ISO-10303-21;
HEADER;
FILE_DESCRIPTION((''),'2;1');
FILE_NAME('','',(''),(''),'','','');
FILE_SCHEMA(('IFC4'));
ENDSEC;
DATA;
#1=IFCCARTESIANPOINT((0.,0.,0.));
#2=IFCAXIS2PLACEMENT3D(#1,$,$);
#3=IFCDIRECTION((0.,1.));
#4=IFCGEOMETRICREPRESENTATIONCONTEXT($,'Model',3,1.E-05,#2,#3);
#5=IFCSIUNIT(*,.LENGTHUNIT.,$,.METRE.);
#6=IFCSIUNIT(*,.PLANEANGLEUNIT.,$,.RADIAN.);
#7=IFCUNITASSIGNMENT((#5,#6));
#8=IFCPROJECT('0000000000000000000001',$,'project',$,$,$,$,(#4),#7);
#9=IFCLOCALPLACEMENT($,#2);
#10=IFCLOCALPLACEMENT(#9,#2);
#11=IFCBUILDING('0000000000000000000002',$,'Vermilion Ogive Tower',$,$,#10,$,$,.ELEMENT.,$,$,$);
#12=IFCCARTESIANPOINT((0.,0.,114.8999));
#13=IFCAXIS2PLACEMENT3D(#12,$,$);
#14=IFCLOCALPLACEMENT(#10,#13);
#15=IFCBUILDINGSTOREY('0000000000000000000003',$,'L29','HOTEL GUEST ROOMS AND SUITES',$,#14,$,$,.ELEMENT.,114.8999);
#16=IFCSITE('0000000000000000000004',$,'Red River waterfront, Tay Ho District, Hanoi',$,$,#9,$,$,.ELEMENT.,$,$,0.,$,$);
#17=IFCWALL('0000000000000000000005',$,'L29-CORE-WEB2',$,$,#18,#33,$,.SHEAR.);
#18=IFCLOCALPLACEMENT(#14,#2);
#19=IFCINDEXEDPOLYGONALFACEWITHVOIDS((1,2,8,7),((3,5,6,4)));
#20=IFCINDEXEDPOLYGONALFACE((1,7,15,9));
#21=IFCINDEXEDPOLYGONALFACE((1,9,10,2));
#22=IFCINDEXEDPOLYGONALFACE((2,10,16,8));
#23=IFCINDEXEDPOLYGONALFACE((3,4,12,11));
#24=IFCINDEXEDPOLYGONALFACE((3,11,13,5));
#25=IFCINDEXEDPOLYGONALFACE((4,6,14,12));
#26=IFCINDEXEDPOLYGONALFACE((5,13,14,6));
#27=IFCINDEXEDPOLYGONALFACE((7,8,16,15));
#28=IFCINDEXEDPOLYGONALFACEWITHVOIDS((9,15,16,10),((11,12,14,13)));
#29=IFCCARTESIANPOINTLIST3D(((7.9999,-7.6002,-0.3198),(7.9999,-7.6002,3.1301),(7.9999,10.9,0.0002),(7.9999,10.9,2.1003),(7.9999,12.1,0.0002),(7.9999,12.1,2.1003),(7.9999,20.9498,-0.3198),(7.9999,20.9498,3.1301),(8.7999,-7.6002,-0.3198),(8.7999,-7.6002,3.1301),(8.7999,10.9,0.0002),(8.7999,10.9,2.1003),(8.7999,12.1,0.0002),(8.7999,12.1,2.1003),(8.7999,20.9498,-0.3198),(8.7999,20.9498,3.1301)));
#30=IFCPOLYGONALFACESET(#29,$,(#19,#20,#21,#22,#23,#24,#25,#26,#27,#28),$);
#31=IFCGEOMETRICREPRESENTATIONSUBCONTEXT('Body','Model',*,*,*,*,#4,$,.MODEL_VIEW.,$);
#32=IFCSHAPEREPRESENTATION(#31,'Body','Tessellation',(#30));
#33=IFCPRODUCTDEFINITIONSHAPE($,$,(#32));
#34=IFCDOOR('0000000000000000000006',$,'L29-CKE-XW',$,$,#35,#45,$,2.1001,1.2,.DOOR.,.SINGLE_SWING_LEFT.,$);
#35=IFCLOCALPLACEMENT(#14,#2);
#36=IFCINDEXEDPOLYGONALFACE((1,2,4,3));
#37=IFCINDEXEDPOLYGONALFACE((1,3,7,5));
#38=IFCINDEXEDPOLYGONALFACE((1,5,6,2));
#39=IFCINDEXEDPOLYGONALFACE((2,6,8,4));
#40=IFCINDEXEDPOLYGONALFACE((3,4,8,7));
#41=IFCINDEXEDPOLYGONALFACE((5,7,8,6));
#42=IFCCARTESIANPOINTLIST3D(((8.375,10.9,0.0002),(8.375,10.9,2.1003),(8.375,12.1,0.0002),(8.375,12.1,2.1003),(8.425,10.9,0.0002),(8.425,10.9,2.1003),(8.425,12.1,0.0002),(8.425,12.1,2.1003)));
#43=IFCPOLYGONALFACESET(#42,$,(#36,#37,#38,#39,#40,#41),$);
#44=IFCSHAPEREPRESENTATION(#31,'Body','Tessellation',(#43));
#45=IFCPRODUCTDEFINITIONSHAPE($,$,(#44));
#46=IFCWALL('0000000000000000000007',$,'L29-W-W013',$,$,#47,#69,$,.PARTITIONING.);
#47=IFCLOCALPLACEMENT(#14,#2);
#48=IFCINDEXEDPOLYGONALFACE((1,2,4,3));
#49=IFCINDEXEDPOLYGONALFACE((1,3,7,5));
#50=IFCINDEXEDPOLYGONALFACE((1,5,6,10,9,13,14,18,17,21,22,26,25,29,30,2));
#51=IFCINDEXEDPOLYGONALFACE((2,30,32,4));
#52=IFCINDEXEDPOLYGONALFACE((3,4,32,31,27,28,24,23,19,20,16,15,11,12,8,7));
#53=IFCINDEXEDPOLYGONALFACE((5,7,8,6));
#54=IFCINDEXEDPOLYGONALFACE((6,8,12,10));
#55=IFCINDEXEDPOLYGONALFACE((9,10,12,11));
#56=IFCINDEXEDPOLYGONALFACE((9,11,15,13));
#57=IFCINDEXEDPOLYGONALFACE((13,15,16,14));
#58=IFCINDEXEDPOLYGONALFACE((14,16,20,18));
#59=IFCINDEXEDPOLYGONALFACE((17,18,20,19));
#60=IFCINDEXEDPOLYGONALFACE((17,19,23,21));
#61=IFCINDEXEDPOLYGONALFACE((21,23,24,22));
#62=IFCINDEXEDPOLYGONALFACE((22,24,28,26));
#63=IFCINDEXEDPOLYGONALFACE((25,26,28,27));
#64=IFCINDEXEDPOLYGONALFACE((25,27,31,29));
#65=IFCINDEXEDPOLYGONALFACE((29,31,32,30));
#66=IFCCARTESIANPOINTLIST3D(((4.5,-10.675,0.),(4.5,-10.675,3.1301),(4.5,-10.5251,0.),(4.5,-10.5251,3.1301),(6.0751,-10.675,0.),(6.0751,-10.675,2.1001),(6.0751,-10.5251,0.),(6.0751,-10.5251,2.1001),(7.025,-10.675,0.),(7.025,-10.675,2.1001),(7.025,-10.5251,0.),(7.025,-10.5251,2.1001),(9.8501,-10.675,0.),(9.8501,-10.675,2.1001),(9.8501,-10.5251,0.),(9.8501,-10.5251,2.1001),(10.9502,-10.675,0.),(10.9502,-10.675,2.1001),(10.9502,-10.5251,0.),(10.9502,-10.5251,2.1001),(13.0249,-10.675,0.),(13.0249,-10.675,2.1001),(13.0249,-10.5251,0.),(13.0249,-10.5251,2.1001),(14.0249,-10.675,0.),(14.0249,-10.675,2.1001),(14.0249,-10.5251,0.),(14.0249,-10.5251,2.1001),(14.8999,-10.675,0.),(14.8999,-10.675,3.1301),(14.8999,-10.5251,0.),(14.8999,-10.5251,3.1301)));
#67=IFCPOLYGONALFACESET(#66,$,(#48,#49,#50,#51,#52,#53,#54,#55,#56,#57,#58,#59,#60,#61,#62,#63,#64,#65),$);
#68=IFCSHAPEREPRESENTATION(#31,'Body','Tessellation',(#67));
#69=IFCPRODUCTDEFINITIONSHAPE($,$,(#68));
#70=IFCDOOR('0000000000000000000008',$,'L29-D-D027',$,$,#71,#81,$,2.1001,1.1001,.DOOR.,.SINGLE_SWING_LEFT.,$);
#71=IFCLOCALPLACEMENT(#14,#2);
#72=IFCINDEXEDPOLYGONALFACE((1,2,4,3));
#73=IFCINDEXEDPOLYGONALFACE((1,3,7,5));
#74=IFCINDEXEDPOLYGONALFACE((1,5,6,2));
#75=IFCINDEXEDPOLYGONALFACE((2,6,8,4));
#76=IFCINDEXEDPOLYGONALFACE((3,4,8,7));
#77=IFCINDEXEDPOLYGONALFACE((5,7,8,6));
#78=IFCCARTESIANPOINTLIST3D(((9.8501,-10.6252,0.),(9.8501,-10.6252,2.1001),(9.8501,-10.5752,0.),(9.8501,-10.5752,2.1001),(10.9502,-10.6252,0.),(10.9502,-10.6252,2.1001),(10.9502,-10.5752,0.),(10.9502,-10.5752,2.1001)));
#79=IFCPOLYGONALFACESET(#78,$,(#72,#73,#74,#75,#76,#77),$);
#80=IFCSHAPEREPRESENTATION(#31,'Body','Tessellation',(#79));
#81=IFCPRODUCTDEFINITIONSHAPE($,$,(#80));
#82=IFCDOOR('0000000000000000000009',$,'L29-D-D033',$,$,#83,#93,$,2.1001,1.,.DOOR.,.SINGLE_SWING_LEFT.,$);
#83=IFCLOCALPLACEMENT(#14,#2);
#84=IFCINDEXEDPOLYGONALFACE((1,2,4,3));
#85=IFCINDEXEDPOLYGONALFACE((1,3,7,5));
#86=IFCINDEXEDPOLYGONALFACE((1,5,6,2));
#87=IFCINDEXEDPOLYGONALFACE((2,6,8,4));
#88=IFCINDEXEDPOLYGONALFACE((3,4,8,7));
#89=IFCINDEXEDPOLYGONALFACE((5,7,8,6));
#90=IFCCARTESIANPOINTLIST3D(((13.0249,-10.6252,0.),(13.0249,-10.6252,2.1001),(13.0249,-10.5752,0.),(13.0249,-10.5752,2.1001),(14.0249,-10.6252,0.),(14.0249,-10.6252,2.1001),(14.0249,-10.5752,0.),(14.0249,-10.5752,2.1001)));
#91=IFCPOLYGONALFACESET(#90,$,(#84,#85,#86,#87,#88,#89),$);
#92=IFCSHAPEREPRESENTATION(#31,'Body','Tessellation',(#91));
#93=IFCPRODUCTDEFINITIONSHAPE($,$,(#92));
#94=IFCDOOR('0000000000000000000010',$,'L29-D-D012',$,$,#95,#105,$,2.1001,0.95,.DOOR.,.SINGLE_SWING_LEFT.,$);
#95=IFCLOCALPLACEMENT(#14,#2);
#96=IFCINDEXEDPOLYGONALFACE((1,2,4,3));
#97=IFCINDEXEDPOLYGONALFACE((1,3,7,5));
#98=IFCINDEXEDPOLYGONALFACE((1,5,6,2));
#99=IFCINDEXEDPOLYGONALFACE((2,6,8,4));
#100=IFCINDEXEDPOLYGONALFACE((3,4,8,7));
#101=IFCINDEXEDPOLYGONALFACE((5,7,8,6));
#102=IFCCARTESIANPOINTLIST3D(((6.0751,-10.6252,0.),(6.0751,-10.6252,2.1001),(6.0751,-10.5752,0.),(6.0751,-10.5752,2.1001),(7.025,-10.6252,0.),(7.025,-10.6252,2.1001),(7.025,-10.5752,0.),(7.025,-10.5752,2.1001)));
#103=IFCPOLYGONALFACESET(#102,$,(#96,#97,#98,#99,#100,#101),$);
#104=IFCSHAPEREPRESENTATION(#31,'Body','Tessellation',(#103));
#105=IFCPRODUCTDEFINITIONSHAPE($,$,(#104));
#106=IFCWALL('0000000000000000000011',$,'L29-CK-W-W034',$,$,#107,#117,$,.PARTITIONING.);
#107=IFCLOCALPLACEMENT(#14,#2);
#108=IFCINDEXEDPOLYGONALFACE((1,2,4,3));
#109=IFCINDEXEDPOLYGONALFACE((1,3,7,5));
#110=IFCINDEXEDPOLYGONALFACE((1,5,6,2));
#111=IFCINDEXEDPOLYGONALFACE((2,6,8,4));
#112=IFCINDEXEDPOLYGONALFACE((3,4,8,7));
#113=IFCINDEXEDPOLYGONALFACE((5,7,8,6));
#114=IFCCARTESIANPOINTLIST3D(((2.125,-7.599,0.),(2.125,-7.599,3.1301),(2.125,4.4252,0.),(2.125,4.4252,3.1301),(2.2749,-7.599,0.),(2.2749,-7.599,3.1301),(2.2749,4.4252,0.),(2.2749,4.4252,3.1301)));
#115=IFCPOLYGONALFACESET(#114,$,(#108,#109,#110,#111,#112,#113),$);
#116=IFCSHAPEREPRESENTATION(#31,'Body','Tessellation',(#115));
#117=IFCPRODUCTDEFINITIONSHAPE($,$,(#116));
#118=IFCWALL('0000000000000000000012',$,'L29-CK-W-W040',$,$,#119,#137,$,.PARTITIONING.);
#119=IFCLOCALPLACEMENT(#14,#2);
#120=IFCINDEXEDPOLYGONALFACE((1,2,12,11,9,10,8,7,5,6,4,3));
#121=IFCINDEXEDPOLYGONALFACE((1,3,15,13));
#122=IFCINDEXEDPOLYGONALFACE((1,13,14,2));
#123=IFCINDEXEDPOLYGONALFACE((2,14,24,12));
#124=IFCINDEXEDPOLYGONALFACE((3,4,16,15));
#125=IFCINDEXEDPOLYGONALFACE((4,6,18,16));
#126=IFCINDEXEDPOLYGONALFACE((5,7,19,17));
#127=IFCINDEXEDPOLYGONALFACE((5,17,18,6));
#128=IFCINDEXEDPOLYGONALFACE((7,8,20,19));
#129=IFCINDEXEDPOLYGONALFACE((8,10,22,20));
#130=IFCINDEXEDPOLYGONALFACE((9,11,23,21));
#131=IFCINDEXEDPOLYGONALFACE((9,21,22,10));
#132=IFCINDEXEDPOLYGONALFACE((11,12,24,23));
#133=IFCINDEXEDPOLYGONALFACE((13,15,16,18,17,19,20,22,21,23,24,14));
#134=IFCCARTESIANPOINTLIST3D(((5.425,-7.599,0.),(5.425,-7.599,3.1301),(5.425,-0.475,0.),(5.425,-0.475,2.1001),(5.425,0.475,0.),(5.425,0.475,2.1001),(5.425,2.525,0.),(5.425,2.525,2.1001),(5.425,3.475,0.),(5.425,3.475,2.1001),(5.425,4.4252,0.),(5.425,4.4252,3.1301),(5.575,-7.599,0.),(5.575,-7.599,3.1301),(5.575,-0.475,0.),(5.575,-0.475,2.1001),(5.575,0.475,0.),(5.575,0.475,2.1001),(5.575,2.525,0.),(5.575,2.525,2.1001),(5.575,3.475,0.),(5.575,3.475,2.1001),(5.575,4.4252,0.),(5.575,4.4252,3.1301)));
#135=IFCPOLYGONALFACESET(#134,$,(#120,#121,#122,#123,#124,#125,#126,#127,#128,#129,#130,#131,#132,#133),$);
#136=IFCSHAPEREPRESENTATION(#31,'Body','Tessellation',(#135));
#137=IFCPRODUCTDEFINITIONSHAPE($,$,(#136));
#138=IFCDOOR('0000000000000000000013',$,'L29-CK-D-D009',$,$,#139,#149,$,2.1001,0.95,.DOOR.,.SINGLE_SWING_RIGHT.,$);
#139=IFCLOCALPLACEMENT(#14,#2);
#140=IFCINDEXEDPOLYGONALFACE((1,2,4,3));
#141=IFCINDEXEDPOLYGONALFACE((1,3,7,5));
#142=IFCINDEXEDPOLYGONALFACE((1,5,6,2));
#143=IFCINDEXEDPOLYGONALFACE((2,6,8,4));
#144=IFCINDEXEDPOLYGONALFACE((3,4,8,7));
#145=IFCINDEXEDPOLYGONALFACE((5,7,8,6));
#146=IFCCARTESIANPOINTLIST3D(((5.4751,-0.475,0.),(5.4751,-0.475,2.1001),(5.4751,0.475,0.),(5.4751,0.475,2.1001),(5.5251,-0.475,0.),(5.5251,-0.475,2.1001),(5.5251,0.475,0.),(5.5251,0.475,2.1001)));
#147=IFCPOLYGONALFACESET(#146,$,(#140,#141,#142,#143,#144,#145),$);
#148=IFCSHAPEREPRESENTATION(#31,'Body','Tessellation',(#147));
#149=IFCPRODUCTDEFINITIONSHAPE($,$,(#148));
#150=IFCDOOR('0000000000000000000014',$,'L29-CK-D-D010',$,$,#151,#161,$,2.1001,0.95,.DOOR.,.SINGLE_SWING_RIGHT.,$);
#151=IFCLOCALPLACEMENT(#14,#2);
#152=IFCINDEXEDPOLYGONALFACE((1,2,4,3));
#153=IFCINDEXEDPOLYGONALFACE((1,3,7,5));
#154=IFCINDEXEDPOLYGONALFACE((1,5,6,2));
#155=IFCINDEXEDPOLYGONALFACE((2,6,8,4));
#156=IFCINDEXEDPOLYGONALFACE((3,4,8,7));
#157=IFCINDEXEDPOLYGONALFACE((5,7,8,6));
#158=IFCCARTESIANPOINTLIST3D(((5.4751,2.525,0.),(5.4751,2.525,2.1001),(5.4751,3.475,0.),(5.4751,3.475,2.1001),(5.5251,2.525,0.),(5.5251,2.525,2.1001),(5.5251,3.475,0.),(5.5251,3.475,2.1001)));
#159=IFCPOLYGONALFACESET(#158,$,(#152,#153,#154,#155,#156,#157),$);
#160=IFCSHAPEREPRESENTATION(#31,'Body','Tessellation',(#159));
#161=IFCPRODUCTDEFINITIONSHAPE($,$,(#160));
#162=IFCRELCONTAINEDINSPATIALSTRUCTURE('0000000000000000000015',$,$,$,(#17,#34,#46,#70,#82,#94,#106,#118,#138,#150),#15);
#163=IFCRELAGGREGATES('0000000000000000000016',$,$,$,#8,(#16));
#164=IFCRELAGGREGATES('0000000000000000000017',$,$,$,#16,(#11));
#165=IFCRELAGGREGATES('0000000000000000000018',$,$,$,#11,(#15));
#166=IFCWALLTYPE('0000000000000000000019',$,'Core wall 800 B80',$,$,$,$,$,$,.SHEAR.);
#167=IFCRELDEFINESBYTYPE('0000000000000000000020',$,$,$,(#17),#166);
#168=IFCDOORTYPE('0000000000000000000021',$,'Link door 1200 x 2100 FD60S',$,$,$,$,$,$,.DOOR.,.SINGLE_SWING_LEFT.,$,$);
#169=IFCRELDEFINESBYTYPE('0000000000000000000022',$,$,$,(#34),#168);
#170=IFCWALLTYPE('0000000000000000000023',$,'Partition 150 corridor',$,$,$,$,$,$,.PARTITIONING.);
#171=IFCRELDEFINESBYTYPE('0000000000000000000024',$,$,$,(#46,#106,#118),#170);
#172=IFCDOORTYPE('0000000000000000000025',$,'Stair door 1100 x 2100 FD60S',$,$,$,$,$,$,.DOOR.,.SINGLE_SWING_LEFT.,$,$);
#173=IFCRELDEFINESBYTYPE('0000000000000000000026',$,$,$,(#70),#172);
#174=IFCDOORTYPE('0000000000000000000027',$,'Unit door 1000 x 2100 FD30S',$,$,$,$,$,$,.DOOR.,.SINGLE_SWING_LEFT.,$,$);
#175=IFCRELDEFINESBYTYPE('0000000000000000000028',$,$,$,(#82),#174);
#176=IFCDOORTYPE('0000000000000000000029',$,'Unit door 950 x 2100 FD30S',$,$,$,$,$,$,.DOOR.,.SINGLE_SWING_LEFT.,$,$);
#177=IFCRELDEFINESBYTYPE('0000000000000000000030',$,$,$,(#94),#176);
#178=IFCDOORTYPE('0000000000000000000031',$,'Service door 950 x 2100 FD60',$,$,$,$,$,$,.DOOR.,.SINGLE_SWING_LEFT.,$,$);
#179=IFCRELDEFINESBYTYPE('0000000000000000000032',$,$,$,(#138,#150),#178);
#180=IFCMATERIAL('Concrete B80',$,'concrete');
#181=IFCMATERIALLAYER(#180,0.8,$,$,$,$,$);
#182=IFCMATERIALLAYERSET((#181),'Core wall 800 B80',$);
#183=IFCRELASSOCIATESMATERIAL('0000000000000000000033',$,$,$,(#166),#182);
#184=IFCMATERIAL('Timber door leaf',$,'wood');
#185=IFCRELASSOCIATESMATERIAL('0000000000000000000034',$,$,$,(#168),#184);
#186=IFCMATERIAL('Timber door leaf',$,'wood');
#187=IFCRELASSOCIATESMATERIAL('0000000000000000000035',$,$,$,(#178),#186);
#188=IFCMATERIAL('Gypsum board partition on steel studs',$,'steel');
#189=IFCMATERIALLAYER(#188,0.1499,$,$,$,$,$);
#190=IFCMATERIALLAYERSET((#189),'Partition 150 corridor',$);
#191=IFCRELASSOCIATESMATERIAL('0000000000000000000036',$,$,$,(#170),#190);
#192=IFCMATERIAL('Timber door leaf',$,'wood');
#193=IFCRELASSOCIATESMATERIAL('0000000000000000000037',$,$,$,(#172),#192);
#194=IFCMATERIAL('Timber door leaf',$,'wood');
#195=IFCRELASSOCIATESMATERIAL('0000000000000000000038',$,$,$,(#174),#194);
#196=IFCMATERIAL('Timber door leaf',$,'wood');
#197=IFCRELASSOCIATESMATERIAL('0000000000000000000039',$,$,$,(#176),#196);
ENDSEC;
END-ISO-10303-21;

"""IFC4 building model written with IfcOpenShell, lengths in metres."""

from ifc_helpers import new_model, si_unit, direction, frame, frame_2d, origin, place, context, subcontext, project, spatial, rectangle, extrude, material, layer, layer_set, type_object, element, fill, save


model = new_model("IFC4")

# Units and contexts
model_context = context("Model", 3, precision=1e-05, world=origin(), true_north=direction((0.0, 1.0)))
body_context = subcontext(model_context, "Body", "Model", "MODEL_VIEW")
ifc_project = project(units=[si_unit("LENGTHUNIT", "METRE"), si_unit("PLANEANGLEUNIT", "RADIAN")], contexts=[model_context])

# Site, building, storey
site_placement = place(None, origin())
site = spatial("IfcSite", under=ifc_project, at=site_placement, Name="Red River waterfront, Tay Ho District, Hanoi", CompositionType="ELEMENT", RefElevation=0.0)
building_placement = place(site_placement, origin())
building = spatial("IfcBuilding", under=site, at=building_placement, Name="Vermilion Ogive Tower", CompositionType="ELEMENT")
storey_placement = place(building_placement, frame((0.0, 0.0, 114.8999)))
storey = spatial("IfcBuildingStorey", under=building, at=storey_placement, Name="L29", Description="HOTEL GUEST ROOMS AND SUITES", CompositionType="ELEMENT", Elevation=114.8999)

# Shared definitions
ifc_material_1 = material(Name="Concrete B80", Category="concrete")
ifc_layer_1 = layer(ifc_material_1, 0.8)
ifc_layer_set_1 = layer_set([ifc_layer_1], Name="Core wall 800 B80")
wall_type_1 = type_object("IfcWallType", Name="Core wall 800 B80", PredefinedType="SHEAR", material=ifc_layer_set_1)
ifc_material_2 = material(Name="Timber door leaf", Category="wood")
door_type_1 = type_object("IfcDoorType", Name="Link door 1200 x 2100 FD60S", OperationType="SINGLE_SWING_LEFT", PredefinedType="DOOR", material=ifc_material_2)
ifc_material_3 = material(Name="Timber door leaf", Category="wood")
door_type_2 = type_object("IfcDoorType", Name="Service door 950 x 2100 FD60", OperationType="SINGLE_SWING_LEFT", PredefinedType="DOOR", material=ifc_material_3)

# Wall, opening, door
wall_1_placement = place(storey_placement, frame((8.3999, -7.6001, -0.3198), z_axis=(0.0, 0.0, 1.0), x_axis=(0.0, 1.0, 0.0)))
wall_1 = element("IfcWall", 1, at=wall_1_placement, inside=storey, type_object=wall_type_1, Name="L29-CORE-WEB2", PredefinedType="SHEAR", context=body_context, shape_type="SweptSolid", body=[
    extrude(rectangle(XDim=28.55, YDim=0.8, at=frame_2d((14.2749, 0.0))), origin(), (0.0, 0.0, 1.0), 3.45),
])
opening_1_placement = place(wall_1_placement, frame((18.5, 0.0, 0.3201)))
opening_1 = element("IfcOpeningElement", 2, at=opening_1_placement, cuts=wall_1, PredefinedType="OPENING", context=body_context, shape_type="SweptSolid", body=[
    extrude(rectangle(XDim=1.2, YDim=2.1001, at=frame_2d((0.6001, 1.05))), frame((0.0, 0.4099, 0.0), z_axis=(0.0, -1.0, 0.0), x_axis=(1.0, 0.0, 0.0)), (0.0, 0.0, 1.0), 0.8201),
])
door_1_placement = place(opening_1_placement, origin())
door_1 = element("IfcDoor", 3, at=door_1_placement, inside=storey, type_object=door_type_1, Name="L29-CKE-XW", OperationType="SINGLE_SWING_LEFT", OverallHeight=2.1001, OverallWidth=1.2, PredefinedType="DOOR", context=body_context, shape_type="SweptSolid", body=[
    extrude(rectangle(XDim=1.2, YDim=2.1001, at=frame_2d((0.6001, 1.05))), frame((0.0, 0.0249, 0.0), z_axis=(0.0, -1.0, 0.0), x_axis=(1.0, 0.0, 0.0)), (0.0, 0.0, 1.0), 0.05),
])
fill(opening_1, door_1)

# Wall, openings, doors
ifc_material_4 = material(Name="Gypsum board partition on steel studs", Category="steel")
ifc_layer_2 = layer(ifc_material_4, 0.1499)
ifc_layer_set_2 = layer_set([ifc_layer_2], Name="Partition 150 corridor")
wall_type_2 = type_object("IfcWallType", Name="Partition 150 corridor", PredefinedType="PARTITIONING", material=ifc_layer_set_2)
wall_2_placement = place(storey_placement, frame((4.5, -10.6001, 0.0), z_axis=(0.0, 0.0, 1.0), x_axis=(1.0, 0.0, 0.0)))
wall_2 = element("IfcWall", 4, at=wall_2_placement, inside=storey, type_object=wall_type_2, Name="L29-W-W013", PredefinedType="PARTITIONING", context=body_context, shape_type="SweptSolid", body=[
    extrude(rectangle(XDim=10.3999, YDim=0.1499, at=frame_2d((5.2, 0.0))), origin(), (0.0, 0.0, 1.0), 3.1301),
])
opening_2_placement = place(wall_2_placement, frame((1.575, 0.0, 0.0)))
opening_2 = element("IfcOpeningElement", 5, at=opening_2_placement, cuts=wall_2, PredefinedType="OPENING", context=body_context, shape_type="SweptSolid", body=[
    extrude(rectangle(XDim=0.95, YDim=2.1001, at=frame_2d((0.4751, 1.05))), frame((0.0, 0.085, 0.0), z_axis=(0.0, -1.0, 0.0), x_axis=(1.0, 0.0, 0.0)), (0.0, 0.0, 1.0), 0.1699),
])
opening_3_placement = place(wall_2_placement, frame((5.3501, 0.0, 0.0)))
opening_3 = element("IfcOpeningElement", 6, at=opening_3_placement, cuts=wall_2, PredefinedType="OPENING", context=body_context, shape_type="SweptSolid", body=[
    extrude(rectangle(XDim=1.1001, YDim=2.1001, at=frame_2d((0.55, 1.05))), frame((0.0, 0.085, 0.0), z_axis=(0.0, -1.0, 0.0), x_axis=(1.0, 0.0, 0.0)), (0.0, 0.0, 1.0), 0.1699),
])
opening_4_placement = place(wall_2_placement, frame((8.5249, 0.0, 0.0)))
opening_4 = element("IfcOpeningElement", 7, at=opening_4_placement, cuts=wall_2, PredefinedType="OPENING", context=body_context, shape_type="SweptSolid", body=[
    extrude(rectangle(XDim=1.0, YDim=2.1001, at=frame_2d((0.5, 1.05))), frame((0.0, 0.085, 0.0), z_axis=(0.0, -1.0, 0.0), x_axis=(1.0, 0.0, 0.0)), (0.0, 0.0, 1.0), 0.1699),
])
ifc_material_5 = material(Name="Timber door leaf", Category="wood")
door_type_3 = type_object("IfcDoorType", Name="Stair door 1100 x 2100 FD60S", OperationType="SINGLE_SWING_LEFT", PredefinedType="DOOR", material=ifc_material_5)
door_2_placement = place(opening_3_placement, origin())
door_2 = element("IfcDoor", 8, at=door_2_placement, inside=storey, type_object=door_type_3, Name="L29-D-D027", OperationType="SINGLE_SWING_LEFT", OverallHeight=2.1001, OverallWidth=1.1001, PredefinedType="DOOR", context=body_context, shape_type="SweptSolid", body=[
    extrude(rectangle(XDim=1.1001, YDim=2.1001, at=frame_2d((0.55, 1.05))), frame((0.0, 0.0249, 0.0), z_axis=(0.0, -1.0, 0.0), x_axis=(1.0, 0.0, 0.0)), (0.0, 0.0, 1.0), 0.05),
])
fill(opening_3, door_2)
ifc_material_6 = material(Name="Timber door leaf", Category="wood")
door_type_4 = type_object("IfcDoorType", Name="Unit door 1000 x 2100 FD30S", OperationType="SINGLE_SWING_LEFT", PredefinedType="DOOR", material=ifc_material_6)
door_3_placement = place(opening_4_placement, origin())
door_3 = element("IfcDoor", 9, at=door_3_placement, inside=storey, type_object=door_type_4, Name="L29-D-D033", OperationType="SINGLE_SWING_LEFT", OverallHeight=2.1001, OverallWidth=1.0, PredefinedType="DOOR", context=body_context, shape_type="SweptSolid", body=[
    extrude(rectangle(XDim=1.0, YDim=2.1001, at=frame_2d((0.5, 1.05))), frame((0.0, 0.0249, 0.0), z_axis=(0.0, -1.0, 0.0), x_axis=(1.0, 0.0, 0.0)), (0.0, 0.0, 1.0), 0.05),
])
fill(opening_4, door_3)
ifc_material_7 = material(Name="Timber door leaf", Category="wood")
door_type_5 = type_object("IfcDoorType", Name="Unit door 950 x 2100 FD30S", OperationType="SINGLE_SWING_LEFT", PredefinedType="DOOR", material=ifc_material_7)
door_4_placement = place(opening_2_placement, origin())
door_4 = element("IfcDoor", 10, at=door_4_placement, inside=storey, type_object=door_type_5, Name="L29-D-D012", OperationType="SINGLE_SWING_LEFT", OverallHeight=2.1001, OverallWidth=0.95, PredefinedType="DOOR", context=body_context, shape_type="SweptSolid", body=[
    extrude(rectangle(XDim=0.95, YDim=2.1001, at=frame_2d((0.4751, 1.05))), frame((0.0, 0.0249, 0.0), z_axis=(0.0, -1.0, 0.0), x_axis=(1.0, 0.0, 0.0)), (0.0, 0.0, 1.0), 0.05),
])
fill(opening_2, door_4)

# Wall
wall_3_placement = place(storey_placement, frame((2.2, -7.5991, 0.0), z_axis=(0.0, 0.0, 1.0), x_axis=(0.0, 1.0, 0.0)))
element("IfcWall", 11, at=wall_3_placement, inside=storey, type_object=wall_type_2, Name="L29-CK-W-W034", PredefinedType="PARTITIONING", context=body_context, shape_type="SweptSolid", body=[
    extrude(rectangle(XDim=12.0242, YDim=0.1499, at=frame_2d((6.0122, 0.0))), origin(), (0.0, 0.0, 1.0), 3.1301),
])

# Wall, openings, doors
wall_4_placement = place(storey_placement, frame((5.5, -7.5991, 0.0), z_axis=(0.0, 0.0, 1.0), x_axis=(0.0, 1.0, 0.0)))
wall_4 = element("IfcWall", 12, at=wall_4_placement, inside=storey, type_object=wall_type_2, Name="L29-CK-W-W040", PredefinedType="PARTITIONING", context=body_context, shape_type="SweptSolid", body=[
    extrude(rectangle(XDim=12.0242, YDim=0.1499, at=frame_2d((6.0122, 0.0))), origin(), (0.0, 0.0, 1.0), 3.1301),
])
opening_5_placement = place(wall_4_placement, frame((7.124, 0.0, 0.0)))
opening_5 = element("IfcOpeningElement", 13, at=opening_5_placement, cuts=wall_4, PredefinedType="OPENING", context=body_context, shape_type="SweptSolid", body=[
    extrude(rectangle(XDim=0.95, YDim=2.1001, at=frame_2d((0.4751, 1.05))), frame((0.0, 0.085, 0.0), z_axis=(0.0, -1.0, 0.0), x_axis=(1.0, 0.0, 0.0)), (0.0, 0.0, 1.0), 0.1699),
])
opening_6_placement = place(wall_4_placement, frame((10.124, 0.0, 0.0)))
opening_6 = element("IfcOpeningElement", 14, at=opening_6_placement, cuts=wall_4, PredefinedType="OPENING", context=body_context, shape_type="SweptSolid", body=[
    extrude(rectangle(XDim=0.95, YDim=2.1001, at=frame_2d((0.4751, 1.05))), frame((0.0, 0.085, 0.0), z_axis=(0.0, -1.0, 0.0), x_axis=(1.0, 0.0, 0.0)), (0.0, 0.0, 1.0), 0.1699),
])
door_5_placement = place(opening_5_placement, origin())
door_5 = element("IfcDoor", 15, at=door_5_placement, inside=storey, type_object=door_type_2, Name="L29-CK-D-D009", OperationType="SINGLE_SWING_RIGHT", OverallHeight=2.1001, OverallWidth=0.95, PredefinedType="DOOR", context=body_context, shape_type="SweptSolid", body=[
    extrude(rectangle(XDim=0.95, YDim=2.1001, at=frame_2d((0.4751, 1.05))), frame((0.0, 0.0249, 0.0), z_axis=(0.0, -1.0, 0.0), x_axis=(1.0, 0.0, 0.0)), (0.0, 0.0, 1.0), 0.05),
])
fill(opening_5, door_5)
door_6_placement = place(opening_6_placement, origin())
door_6 = element("IfcDoor", 16, at=door_6_placement, inside=storey, type_object=door_type_2, Name="L29-CK-D-D010", OperationType="SINGLE_SWING_RIGHT", OverallHeight=2.1001, OverallWidth=0.95, PredefinedType="DOOR", context=body_context, shape_type="SweptSolid", body=[
    extrude(rectangle(XDim=0.95, YDim=2.1001, at=frame_2d((0.4751, 1.05))), frame((0.0, 0.0249, 0.0), z_axis=(0.0, -1.0, 0.0), x_axis=(1.0, 0.0, 0.0)), (0.0, 0.0, 1.0), 0.05),
])
fill(opening_6, door_6)

save(model, "model.ifc")
